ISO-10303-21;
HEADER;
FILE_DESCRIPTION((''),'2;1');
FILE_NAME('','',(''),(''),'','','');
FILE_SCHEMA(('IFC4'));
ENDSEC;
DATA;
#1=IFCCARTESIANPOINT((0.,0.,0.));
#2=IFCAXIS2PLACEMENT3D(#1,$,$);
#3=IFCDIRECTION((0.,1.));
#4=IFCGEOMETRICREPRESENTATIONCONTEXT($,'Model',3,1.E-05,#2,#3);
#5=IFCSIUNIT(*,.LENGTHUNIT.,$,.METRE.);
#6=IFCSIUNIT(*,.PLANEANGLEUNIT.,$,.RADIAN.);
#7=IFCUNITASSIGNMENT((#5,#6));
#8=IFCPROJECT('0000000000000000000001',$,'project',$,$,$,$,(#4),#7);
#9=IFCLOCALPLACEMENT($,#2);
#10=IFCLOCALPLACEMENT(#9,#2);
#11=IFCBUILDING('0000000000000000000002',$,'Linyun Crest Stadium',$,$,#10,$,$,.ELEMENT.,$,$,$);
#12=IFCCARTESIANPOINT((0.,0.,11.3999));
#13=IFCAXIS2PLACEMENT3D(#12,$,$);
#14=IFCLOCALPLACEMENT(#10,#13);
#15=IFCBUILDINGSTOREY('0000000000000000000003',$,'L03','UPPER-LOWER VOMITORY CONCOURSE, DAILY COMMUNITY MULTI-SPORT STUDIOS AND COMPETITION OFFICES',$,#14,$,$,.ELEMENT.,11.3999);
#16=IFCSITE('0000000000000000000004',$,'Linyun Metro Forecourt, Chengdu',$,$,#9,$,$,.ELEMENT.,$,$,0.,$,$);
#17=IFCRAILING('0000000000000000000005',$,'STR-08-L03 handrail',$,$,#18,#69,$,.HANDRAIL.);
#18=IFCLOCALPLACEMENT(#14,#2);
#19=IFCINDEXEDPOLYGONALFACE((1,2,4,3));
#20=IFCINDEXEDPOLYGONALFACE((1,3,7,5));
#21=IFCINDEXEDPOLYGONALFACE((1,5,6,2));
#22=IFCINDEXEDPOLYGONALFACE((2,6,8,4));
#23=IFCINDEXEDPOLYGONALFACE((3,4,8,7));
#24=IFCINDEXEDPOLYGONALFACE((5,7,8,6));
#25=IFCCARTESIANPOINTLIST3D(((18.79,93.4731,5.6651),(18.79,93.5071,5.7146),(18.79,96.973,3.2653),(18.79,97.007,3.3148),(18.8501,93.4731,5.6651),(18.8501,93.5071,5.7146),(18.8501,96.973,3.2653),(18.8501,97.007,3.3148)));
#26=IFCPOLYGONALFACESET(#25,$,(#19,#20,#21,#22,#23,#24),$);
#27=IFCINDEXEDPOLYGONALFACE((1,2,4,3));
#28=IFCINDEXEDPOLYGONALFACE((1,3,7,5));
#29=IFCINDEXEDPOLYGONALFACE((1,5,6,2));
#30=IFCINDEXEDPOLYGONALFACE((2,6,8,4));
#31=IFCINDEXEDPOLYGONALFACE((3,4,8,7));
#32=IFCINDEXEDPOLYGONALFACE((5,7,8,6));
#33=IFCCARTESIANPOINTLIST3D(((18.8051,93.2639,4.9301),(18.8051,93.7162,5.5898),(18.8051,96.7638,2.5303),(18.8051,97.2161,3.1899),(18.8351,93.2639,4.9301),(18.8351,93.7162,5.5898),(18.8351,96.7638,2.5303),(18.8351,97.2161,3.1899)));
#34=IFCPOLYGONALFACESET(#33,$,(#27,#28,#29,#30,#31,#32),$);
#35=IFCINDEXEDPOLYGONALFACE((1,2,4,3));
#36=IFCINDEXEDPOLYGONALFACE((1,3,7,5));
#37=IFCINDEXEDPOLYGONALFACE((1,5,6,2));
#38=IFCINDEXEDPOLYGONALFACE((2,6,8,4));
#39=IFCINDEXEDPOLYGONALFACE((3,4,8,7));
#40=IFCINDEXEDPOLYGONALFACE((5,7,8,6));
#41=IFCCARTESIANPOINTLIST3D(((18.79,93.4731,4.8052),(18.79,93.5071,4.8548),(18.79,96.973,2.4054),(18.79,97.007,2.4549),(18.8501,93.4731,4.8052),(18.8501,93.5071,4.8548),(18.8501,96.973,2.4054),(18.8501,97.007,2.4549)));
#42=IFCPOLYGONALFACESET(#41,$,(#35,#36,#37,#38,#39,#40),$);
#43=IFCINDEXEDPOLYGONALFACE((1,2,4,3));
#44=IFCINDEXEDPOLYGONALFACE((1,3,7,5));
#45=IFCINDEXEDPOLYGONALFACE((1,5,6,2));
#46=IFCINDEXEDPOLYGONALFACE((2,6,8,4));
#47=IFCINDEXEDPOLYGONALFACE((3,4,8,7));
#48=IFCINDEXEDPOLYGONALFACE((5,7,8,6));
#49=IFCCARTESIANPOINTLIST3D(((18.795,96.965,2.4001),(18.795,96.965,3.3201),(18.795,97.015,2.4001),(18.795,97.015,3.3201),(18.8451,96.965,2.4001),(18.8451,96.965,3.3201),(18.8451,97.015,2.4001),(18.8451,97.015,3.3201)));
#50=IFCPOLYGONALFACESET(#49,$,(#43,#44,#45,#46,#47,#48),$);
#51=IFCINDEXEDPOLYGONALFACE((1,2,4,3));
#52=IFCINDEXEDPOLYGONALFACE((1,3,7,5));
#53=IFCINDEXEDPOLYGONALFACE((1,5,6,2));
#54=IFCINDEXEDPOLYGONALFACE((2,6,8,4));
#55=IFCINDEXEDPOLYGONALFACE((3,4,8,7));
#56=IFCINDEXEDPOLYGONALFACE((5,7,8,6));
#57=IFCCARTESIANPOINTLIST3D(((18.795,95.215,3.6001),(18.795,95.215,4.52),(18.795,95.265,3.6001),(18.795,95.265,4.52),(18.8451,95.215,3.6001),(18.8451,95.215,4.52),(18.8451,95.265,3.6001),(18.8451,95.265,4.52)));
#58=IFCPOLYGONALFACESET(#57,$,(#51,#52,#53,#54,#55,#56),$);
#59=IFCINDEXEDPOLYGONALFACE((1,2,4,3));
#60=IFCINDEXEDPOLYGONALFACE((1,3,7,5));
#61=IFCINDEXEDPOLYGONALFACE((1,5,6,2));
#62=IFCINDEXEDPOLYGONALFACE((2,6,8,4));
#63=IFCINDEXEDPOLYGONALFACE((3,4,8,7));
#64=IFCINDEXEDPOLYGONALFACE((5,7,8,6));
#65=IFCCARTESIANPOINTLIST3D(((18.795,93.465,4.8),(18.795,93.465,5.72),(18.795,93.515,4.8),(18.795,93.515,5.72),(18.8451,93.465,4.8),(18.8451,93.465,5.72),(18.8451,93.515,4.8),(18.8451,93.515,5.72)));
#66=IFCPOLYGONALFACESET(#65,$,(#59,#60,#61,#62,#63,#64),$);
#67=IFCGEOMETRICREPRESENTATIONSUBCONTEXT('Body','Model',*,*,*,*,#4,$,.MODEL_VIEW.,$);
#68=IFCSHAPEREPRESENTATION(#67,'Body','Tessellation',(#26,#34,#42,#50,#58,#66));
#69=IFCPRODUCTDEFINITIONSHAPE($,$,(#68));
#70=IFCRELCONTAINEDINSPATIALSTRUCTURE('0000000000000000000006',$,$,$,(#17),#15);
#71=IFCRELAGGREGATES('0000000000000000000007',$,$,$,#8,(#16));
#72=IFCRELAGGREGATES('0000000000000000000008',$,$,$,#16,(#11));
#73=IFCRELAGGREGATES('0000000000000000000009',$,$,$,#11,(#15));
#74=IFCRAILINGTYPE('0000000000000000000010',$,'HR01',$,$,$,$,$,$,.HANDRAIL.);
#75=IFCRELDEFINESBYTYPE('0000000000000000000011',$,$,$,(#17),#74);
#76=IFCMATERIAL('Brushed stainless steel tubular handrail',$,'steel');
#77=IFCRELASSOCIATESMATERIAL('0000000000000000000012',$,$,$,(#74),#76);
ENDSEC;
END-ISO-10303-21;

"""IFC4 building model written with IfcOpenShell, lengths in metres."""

from ifc_helpers import new_model, si_unit, direction, frame, origin, origin_2d, place, context, subcontext, project, spatial, rectangle, extrude, material, type_object, element, save


model = new_model("IFC4")

# Units and contexts
model_context = context("Model", 3, precision=1e-05, world=origin(), true_north=direction((0.0, 1.0)))
body_context = subcontext(model_context, "Body", "Model", "MODEL_VIEW")
ifc_project = project(units=[si_unit("LENGTHUNIT", "METRE"), si_unit("PLANEANGLEUNIT", "RADIAN")], contexts=[model_context])

# Site, building, storey
site_placement = place(None, origin())
site = spatial("IfcSite", under=ifc_project, at=site_placement, Name="Linyun Metro Forecourt, Chengdu", CompositionType="ELEMENT", RefElevation=0.0)
building_placement = place(site_placement, origin())
building = spatial("IfcBuilding", under=site, at=building_placement, Name="Linyun Crest Stadium", CompositionType="ELEMENT")
storey_placement = place(building_placement, frame((0.0, 0.0, 11.3999)))
storey = spatial("IfcBuildingStorey", under=building, at=storey_placement, Name="L03", Description="UPPER-LOWER VOMITORY CONCOURSE, DAILY COMMUNITY MULTI-SPORT STUDIOS AND COMPETITION OFFICES", CompositionType="ELEMENT", Elevation=11.3999)

# Railing
ifc_material_1 = material(Name="Brushed stainless steel tubular handrail", Category="steel")
railing_type_1 = type_object("IfcRailingType", Name="HR01", PredefinedType="HANDRAIL", material=ifc_material_1)
railing_1_placement = place(storey_placement, frame((18.8201, 96.99, 2.4001)))
element("IfcRailing", 1, at=railing_1_placement, inside=storey, type_object=railing_type_1, Name="STR-08-L03 handrail", PredefinedType="HANDRAIL", context=body_context, shape_type="SweptSolid", body=[
    extrude(rectangle(XDim=0.0601, YDim=0.0601, at=origin_2d()), frame((0.0, 0.0, 0.8899), z_axis=(0.0, -0.82474, 0.565513), x_axis=(1.0, 0.0, 0.0)), (0.0, 0.0, 1.0), 4.2437),
    extrude(rectangle(XDim=0.03, YDim=0.7998, at=origin_2d()), frame((0.0, 0.0, 0.46), z_axis=(0.0, -0.82474, 0.565513), x_axis=(1.0, 0.0, 0.0)), (0.0, 0.0, 1.0), 4.2437),
    extrude(rectangle(XDim=0.0601, YDim=0.0601, at=origin_2d()), frame((0.0, 0.0, 0.03), z_axis=(0.0, -0.82474, 0.565513), x_axis=(1.0, 0.0, 0.0)), (0.0, 0.0, 1.0), 4.2437),
    extrude(rectangle(XDim=0.05, YDim=0.05, at=origin_2d()), origin(), (0.0, 0.0, 1.0), 0.9199),
    extrude(rectangle(XDim=0.05, YDim=0.05, at=origin_2d()), frame((0.0, -1.75, 1.2)), (0.0, 0.0, 1.0), 0.9199),
    extrude(rectangle(XDim=0.05, YDim=0.05, at=origin_2d()), frame((0.0, -3.5, 2.3999)), (0.0, 0.0, 1.0), 0.9199),
])

save(model, "model.ifc")
